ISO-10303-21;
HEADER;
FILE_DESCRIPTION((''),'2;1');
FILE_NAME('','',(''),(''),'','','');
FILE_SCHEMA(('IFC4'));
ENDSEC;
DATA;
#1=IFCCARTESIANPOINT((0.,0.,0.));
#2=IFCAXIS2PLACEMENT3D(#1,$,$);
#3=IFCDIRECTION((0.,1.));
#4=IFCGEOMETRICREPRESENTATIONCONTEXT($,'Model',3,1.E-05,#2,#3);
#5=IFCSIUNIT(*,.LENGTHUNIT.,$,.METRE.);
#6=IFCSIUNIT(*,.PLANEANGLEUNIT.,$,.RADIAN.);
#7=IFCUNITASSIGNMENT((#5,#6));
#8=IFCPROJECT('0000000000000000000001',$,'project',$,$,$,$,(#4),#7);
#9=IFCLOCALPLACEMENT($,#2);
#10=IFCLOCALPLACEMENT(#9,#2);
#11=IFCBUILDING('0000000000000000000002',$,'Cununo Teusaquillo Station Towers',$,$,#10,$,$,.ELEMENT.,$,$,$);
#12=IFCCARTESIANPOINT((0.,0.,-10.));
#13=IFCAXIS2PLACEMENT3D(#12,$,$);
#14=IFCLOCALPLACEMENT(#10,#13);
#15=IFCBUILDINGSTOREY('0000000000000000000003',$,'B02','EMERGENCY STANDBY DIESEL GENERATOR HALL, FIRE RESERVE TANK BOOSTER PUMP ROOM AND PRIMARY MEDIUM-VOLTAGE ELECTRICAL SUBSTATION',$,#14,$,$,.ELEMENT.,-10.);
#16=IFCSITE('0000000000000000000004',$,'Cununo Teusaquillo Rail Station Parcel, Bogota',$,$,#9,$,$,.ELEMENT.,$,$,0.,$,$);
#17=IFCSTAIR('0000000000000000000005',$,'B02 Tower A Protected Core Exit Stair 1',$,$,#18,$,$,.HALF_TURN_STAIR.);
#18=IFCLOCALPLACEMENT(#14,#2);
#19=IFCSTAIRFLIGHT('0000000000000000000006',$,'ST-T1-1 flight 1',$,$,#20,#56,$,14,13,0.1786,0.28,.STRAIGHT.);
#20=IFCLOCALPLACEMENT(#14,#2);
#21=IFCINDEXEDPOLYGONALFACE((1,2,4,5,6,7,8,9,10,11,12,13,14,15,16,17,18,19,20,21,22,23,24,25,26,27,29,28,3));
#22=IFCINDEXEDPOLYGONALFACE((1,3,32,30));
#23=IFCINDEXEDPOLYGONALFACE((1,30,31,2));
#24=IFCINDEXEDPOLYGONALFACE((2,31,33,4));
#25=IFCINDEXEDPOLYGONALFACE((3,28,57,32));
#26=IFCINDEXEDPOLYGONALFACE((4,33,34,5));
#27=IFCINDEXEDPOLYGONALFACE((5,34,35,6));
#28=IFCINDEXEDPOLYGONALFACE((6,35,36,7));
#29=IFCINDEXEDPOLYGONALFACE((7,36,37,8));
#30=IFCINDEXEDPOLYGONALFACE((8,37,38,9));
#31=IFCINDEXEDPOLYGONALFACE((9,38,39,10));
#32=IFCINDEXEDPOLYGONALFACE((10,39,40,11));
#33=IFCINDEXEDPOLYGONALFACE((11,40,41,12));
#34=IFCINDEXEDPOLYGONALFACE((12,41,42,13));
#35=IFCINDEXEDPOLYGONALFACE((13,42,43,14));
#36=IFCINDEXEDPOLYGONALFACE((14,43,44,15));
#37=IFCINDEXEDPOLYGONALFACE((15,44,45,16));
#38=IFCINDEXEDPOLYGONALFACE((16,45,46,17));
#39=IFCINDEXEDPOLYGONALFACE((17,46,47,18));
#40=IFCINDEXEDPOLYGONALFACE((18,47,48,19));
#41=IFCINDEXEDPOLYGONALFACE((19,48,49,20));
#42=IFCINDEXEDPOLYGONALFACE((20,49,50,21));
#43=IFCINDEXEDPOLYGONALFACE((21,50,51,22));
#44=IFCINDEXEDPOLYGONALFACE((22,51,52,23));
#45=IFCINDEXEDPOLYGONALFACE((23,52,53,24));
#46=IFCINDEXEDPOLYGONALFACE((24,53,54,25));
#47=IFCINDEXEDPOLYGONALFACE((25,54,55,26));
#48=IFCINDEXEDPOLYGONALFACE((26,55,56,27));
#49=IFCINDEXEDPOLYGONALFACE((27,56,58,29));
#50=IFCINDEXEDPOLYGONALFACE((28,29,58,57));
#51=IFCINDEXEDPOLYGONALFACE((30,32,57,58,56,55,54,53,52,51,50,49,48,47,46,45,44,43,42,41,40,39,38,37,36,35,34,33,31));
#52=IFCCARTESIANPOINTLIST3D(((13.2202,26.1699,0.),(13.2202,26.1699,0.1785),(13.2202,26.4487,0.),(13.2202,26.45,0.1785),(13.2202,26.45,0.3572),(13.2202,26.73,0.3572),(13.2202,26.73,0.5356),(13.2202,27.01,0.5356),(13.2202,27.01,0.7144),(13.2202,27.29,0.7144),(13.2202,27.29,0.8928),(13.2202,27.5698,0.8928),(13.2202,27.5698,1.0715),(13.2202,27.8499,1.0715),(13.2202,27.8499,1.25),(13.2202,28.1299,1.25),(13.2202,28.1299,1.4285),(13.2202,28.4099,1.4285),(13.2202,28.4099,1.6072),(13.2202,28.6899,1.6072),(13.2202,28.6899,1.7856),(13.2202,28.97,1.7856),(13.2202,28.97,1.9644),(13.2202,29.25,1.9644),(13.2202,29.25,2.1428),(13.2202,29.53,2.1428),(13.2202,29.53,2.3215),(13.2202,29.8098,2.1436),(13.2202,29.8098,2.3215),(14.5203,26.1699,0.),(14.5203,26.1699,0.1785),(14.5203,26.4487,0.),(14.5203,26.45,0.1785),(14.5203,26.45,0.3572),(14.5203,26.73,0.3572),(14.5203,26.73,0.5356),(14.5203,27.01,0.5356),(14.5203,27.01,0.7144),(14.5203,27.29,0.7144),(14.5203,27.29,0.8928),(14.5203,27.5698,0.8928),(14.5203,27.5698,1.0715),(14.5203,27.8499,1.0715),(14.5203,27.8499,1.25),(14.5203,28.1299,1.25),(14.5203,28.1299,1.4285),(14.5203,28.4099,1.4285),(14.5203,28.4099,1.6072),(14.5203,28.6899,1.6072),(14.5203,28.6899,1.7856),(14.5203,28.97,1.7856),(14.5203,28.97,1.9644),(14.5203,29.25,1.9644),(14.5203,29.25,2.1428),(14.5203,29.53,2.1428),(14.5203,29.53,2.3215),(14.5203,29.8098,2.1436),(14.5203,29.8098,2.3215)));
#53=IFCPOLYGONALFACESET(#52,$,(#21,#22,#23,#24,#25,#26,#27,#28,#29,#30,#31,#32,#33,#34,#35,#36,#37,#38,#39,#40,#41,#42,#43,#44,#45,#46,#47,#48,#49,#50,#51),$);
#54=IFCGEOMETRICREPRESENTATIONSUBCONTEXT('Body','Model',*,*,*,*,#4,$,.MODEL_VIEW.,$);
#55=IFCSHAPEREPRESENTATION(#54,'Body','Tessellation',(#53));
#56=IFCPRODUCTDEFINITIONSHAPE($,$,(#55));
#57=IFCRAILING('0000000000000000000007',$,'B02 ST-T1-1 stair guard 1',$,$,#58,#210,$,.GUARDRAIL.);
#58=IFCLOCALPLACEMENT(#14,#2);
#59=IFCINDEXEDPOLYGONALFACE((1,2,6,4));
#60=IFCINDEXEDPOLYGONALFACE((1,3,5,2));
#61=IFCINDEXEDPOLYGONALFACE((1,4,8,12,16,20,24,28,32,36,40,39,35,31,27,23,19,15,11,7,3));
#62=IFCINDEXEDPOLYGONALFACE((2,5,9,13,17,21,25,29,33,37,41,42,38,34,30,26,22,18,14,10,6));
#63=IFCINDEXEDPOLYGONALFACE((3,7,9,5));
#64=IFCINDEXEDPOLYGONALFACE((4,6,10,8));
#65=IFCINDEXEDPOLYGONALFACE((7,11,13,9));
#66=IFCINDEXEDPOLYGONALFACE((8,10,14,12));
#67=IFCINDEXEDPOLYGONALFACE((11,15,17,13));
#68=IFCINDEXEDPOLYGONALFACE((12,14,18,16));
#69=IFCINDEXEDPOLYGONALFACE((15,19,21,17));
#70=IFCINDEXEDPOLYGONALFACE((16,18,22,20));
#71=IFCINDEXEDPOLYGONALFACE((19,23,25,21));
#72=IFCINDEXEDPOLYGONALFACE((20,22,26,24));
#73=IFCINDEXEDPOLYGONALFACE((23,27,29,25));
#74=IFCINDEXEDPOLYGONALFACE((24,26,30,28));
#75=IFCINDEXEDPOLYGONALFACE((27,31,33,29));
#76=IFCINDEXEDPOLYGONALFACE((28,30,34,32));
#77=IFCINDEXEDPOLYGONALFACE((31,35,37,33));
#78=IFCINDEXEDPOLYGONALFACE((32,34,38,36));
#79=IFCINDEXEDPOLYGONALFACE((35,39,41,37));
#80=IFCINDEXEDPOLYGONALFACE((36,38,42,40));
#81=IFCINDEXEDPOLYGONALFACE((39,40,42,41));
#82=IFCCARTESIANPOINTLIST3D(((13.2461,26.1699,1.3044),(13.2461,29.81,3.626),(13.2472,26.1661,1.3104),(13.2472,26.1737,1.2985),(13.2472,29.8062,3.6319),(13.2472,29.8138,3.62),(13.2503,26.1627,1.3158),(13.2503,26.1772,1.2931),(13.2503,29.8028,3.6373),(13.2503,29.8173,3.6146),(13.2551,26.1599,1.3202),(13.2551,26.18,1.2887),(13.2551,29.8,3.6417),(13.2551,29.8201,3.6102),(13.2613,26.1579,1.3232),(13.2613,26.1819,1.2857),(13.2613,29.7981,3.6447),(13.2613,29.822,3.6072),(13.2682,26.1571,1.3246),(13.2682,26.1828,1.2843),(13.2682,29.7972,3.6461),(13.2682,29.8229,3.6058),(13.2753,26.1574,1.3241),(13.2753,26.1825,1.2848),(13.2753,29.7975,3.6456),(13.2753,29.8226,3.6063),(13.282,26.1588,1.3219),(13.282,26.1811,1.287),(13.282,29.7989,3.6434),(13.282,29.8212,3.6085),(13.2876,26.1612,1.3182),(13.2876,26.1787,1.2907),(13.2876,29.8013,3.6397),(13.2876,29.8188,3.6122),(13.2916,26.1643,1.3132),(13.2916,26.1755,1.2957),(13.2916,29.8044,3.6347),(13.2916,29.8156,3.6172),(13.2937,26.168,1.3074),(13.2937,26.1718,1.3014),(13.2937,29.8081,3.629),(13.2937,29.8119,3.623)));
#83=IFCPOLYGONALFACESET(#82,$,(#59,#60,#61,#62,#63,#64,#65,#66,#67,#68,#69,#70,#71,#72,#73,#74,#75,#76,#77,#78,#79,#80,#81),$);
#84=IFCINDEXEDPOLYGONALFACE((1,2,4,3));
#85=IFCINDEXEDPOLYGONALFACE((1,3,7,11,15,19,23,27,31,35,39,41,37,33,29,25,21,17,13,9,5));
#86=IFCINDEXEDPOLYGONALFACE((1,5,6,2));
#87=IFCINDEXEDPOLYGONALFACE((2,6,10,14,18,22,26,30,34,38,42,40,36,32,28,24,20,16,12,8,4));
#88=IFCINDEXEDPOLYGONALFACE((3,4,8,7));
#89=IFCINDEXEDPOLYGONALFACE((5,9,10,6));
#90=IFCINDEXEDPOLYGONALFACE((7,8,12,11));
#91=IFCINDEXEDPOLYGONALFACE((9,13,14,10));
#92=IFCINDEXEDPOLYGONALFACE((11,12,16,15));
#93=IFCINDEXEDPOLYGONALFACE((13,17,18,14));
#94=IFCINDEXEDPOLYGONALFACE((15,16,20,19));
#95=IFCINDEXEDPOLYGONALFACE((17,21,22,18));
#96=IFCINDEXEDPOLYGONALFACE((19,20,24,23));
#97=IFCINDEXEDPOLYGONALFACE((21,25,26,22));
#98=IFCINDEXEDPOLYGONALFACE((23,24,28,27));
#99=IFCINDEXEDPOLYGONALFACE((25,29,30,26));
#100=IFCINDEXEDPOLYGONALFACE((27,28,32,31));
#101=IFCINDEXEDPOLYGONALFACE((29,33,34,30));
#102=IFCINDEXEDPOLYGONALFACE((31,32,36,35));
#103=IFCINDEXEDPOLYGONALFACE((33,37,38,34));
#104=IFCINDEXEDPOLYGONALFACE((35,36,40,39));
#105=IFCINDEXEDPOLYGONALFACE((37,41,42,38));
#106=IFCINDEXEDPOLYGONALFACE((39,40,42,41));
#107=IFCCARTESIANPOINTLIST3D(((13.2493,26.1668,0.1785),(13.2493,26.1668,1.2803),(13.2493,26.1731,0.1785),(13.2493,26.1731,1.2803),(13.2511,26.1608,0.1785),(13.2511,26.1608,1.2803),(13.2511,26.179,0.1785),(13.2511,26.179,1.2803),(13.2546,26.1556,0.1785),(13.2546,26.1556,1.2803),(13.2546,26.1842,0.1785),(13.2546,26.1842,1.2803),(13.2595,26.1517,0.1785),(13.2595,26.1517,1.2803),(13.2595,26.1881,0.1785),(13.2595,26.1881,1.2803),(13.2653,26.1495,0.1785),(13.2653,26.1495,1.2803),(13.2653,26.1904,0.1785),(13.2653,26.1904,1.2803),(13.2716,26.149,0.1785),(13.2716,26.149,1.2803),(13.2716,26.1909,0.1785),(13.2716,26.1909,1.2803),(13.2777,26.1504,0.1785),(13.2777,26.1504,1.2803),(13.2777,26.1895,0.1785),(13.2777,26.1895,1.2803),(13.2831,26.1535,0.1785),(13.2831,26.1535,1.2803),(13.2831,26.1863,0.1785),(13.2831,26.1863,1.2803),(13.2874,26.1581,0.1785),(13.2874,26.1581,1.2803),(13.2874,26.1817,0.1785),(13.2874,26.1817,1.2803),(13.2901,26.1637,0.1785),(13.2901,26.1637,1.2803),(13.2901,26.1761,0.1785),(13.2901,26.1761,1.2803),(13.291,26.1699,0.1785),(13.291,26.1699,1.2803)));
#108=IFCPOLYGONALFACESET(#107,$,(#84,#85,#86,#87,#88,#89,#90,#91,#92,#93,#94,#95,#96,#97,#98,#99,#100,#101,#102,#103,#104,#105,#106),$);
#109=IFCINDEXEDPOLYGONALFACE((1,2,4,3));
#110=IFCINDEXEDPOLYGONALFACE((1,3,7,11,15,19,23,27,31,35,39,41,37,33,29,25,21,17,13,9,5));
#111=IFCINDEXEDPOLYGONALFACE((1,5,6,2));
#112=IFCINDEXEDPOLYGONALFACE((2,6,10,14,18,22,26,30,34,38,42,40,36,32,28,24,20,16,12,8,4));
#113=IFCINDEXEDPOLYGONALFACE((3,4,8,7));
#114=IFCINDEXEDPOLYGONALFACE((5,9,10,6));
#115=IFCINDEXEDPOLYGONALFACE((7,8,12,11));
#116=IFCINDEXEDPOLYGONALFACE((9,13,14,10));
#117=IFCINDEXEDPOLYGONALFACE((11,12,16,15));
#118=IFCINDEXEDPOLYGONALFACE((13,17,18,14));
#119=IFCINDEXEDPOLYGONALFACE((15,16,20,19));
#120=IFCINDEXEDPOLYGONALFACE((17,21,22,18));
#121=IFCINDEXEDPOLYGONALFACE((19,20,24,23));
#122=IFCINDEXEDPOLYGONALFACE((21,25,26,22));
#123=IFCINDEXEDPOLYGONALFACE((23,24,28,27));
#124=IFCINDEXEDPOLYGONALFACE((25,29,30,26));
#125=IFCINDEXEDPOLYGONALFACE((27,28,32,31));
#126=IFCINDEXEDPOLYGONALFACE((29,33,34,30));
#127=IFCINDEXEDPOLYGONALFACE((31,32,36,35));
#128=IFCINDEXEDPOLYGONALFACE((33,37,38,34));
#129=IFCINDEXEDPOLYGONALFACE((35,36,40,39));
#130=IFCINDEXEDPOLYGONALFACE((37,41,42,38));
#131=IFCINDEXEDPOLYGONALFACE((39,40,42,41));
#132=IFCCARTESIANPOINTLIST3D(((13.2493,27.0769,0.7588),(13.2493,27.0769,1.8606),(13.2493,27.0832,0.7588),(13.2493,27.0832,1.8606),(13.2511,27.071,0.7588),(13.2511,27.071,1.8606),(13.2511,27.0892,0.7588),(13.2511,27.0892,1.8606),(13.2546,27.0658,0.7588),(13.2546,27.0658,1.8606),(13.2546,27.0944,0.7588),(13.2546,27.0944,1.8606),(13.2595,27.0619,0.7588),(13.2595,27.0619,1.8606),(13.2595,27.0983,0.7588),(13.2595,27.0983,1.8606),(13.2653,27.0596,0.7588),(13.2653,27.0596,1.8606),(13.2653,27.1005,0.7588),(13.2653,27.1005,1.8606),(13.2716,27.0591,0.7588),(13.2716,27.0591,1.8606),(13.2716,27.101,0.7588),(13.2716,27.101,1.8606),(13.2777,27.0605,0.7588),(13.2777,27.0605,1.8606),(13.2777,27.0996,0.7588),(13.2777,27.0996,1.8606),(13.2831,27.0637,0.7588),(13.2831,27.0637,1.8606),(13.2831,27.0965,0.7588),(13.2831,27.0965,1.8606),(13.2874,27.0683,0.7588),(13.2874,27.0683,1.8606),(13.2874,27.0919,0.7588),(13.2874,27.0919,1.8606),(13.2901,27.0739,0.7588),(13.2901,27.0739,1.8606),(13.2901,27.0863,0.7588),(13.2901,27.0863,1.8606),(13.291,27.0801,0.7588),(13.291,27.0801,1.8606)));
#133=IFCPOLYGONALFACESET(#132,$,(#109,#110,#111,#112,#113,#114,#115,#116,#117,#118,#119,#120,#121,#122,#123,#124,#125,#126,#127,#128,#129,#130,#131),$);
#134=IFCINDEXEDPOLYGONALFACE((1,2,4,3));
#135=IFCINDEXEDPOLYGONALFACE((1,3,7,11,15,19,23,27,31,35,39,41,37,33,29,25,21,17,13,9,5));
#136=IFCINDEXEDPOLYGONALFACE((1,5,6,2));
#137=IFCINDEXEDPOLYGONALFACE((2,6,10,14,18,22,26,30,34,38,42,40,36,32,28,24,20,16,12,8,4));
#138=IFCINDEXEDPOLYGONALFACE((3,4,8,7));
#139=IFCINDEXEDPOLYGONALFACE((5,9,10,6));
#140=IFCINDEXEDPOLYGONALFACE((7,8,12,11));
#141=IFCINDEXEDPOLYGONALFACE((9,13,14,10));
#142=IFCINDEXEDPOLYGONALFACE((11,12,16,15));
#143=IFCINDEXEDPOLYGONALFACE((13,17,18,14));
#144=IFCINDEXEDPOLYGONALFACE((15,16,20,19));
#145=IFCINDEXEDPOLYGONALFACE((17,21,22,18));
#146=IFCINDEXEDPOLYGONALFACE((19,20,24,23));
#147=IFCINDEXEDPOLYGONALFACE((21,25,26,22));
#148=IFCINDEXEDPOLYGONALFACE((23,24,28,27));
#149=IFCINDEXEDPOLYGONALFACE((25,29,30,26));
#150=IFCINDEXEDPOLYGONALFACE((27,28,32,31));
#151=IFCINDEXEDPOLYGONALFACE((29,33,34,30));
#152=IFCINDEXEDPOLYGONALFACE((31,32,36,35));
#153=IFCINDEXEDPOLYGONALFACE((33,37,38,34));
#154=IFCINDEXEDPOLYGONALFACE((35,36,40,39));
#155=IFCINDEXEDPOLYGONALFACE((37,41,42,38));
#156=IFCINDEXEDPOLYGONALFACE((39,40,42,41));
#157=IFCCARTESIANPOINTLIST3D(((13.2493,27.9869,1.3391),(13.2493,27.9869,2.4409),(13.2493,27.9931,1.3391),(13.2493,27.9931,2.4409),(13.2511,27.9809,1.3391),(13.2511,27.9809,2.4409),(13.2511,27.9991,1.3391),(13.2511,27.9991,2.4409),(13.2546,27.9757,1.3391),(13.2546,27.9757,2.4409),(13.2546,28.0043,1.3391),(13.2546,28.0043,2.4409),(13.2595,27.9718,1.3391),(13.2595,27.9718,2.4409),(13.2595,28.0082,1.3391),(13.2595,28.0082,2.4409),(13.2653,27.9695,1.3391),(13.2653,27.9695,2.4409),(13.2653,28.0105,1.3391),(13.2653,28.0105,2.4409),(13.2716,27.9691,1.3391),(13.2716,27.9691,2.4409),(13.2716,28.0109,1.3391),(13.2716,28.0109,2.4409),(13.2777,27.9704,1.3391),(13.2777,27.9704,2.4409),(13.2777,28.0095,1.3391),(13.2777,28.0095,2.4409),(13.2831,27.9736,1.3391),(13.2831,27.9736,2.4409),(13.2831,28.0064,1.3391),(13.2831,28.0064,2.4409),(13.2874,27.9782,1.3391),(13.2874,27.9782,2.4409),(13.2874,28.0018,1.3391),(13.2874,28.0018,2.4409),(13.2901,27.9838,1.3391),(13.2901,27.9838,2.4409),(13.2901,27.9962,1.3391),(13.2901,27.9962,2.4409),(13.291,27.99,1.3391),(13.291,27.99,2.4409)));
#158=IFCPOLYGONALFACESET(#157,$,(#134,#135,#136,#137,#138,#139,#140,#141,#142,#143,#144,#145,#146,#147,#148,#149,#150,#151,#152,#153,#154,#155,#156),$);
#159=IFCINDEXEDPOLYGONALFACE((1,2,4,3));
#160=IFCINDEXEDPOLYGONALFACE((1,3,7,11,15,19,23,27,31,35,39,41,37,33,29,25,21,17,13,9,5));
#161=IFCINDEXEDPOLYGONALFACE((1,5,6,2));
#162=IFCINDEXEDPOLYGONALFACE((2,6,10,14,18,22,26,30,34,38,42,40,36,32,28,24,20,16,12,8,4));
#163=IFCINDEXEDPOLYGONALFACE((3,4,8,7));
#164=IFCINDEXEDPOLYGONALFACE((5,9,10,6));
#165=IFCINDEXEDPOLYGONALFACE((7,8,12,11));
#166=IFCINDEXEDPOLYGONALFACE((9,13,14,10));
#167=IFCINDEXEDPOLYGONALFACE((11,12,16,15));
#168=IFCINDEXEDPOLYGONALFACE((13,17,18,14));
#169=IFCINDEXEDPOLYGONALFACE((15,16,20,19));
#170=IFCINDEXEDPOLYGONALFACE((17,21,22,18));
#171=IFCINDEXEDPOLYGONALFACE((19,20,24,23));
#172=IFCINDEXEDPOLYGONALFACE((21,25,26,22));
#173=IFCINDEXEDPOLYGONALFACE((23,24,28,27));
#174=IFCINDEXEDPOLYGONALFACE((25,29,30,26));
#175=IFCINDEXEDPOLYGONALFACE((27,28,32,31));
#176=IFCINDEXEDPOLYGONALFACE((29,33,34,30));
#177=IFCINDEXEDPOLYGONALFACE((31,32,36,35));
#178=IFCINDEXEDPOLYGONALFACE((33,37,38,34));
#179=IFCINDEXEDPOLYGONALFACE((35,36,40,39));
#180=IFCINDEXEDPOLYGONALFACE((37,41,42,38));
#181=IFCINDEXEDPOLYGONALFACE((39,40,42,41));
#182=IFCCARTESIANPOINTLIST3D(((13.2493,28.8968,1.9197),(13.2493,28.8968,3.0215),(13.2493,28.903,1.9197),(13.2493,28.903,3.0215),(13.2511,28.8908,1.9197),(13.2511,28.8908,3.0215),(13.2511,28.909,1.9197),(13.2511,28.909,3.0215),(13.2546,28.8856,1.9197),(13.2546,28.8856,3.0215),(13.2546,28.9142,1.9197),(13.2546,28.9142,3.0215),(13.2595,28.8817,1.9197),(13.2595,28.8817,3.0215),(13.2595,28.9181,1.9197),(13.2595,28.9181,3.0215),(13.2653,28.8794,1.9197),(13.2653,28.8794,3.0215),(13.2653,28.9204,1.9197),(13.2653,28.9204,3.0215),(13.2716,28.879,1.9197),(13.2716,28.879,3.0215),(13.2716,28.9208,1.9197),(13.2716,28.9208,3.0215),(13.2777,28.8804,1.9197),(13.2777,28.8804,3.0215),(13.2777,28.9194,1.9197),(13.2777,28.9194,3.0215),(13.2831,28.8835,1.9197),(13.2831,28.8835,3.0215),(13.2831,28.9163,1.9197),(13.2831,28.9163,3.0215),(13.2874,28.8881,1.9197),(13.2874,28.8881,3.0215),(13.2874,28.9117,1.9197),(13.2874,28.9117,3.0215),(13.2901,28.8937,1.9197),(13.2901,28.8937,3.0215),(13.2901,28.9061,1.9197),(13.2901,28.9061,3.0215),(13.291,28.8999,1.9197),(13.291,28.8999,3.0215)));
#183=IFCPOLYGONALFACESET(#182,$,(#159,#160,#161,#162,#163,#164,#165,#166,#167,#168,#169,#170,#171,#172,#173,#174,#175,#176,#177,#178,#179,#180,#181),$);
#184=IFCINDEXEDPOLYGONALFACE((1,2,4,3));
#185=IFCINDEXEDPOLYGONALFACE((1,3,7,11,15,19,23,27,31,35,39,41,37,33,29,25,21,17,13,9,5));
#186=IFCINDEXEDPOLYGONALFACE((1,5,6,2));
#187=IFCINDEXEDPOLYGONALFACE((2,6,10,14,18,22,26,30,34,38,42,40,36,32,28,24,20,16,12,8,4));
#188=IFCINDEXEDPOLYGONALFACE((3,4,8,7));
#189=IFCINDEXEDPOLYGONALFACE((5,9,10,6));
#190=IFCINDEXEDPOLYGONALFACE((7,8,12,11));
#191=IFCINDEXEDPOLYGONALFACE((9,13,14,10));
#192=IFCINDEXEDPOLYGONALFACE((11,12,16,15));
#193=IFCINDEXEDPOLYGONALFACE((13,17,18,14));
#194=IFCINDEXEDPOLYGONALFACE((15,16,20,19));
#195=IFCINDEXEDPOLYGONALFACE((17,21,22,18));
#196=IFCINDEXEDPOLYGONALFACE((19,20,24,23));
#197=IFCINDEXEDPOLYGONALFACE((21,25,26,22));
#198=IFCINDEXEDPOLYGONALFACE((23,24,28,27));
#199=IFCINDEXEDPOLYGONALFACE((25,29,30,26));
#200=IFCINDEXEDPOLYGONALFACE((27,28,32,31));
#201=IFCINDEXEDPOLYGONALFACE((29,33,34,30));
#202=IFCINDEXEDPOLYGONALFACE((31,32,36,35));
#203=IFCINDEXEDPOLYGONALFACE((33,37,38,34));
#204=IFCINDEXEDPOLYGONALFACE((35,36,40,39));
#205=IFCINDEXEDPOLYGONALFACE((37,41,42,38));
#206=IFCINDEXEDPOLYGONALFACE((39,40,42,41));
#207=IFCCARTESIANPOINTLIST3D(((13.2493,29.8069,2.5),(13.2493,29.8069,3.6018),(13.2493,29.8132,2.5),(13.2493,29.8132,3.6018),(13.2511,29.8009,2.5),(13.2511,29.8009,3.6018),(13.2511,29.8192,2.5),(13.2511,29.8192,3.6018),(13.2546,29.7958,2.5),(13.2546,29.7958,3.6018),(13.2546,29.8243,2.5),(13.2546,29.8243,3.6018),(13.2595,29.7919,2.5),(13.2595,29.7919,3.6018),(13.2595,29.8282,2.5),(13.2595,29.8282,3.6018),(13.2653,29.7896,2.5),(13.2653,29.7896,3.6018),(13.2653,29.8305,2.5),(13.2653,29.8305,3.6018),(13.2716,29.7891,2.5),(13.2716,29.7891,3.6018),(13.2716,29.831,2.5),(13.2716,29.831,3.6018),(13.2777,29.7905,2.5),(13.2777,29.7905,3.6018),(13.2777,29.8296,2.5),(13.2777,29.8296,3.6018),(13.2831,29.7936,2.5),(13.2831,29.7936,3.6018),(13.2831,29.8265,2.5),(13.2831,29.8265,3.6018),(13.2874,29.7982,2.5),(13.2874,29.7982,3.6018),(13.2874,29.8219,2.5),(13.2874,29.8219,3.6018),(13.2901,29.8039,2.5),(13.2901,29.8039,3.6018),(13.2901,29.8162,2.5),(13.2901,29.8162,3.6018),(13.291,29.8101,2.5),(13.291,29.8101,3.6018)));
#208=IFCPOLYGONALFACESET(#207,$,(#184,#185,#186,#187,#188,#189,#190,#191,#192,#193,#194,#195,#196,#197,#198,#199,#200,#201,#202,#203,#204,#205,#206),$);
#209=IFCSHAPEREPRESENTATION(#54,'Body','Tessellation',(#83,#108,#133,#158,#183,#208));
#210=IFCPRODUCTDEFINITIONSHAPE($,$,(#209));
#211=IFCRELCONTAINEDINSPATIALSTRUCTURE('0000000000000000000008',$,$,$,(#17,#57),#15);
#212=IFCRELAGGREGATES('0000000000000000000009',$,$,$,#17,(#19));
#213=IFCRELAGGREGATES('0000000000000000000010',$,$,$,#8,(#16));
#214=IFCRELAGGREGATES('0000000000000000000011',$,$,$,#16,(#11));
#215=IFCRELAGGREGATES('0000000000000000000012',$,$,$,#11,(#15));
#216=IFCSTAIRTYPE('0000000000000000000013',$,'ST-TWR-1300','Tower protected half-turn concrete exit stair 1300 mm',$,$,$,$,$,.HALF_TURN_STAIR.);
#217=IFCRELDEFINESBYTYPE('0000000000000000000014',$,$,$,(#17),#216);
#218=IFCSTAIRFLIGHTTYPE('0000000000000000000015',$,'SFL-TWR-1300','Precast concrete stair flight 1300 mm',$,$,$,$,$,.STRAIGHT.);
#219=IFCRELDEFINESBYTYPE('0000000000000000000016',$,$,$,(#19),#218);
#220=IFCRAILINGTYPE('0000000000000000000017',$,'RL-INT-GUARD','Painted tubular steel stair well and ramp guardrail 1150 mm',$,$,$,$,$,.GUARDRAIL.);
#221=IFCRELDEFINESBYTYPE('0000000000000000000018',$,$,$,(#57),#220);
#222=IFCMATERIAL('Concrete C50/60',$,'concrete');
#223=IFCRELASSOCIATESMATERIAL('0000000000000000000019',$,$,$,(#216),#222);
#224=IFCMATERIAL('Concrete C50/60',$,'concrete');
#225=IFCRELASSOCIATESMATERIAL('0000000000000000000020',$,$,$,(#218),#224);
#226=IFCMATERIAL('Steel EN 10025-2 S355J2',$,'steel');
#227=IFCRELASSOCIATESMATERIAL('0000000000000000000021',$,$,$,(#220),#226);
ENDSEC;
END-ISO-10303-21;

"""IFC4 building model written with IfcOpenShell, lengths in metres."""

from ifc_helpers import new_model, si_unit, direction, frame, origin, origin_2d, place, context, subcontext, project, spatial, polyline, circle, outline, extrude, material, type_object, element, aggregate, save


model = new_model("IFC4")

# Units and contexts
model_context = context("Model", 3, precision=1e-05, world=origin(), true_north=direction((0.0, 1.0)))
body_context = subcontext(model_context, "Body", "Model", "MODEL_VIEW")
ifc_project = project(units=[si_unit("LENGTHUNIT", "METRE"), si_unit("PLANEANGLEUNIT", "RADIAN")], contexts=[model_context])

# Site, building, storey
site_placement = place(None, origin())
site = spatial("IfcSite", under=ifc_project, at=site_placement, Name="Cununo Teusaquillo Rail Station Parcel, Bogota", CompositionType="ELEMENT", RefElevation=0.0)
building_placement = place(site_placement, origin())
building = spatial("IfcBuilding", under=site, at=building_placement, Name="Cununo Teusaquillo Station Towers", CompositionType="ELEMENT")
storey_placement = place(building_placement, frame((0.0, 0.0, -10.0)))
storey = spatial("IfcBuildingStorey", under=building, at=storey_placement, Name="B02", Description="EMERGENCY STANDBY DIESEL GENERATOR HALL, FIRE RESERVE TANK BOOSTER PUMP ROOM AND PRIMARY MEDIUM-VOLTAGE ELECTRICAL SUBSTATION", CompositionType="ELEMENT", Elevation=-10.0)

# Stair, stair flight
ifc_material_1 = material(Name="Concrete C50/60", Category="concrete")
stair_type = type_object("IfcStairType", Name="ST-TWR-1300", Description="Tower protected half-turn concrete exit stair 1300 mm", PredefinedType="HALF_TURN_STAIR", material=ifc_material_1)
stair_placement = place(storey_placement, origin())
stair = element("IfcStair", 1, at=stair_placement, inside=storey, type_object=stair_type, Name="B02 Tower A Protected Core Exit Stair 1", PredefinedType="HALF_TURN_STAIR")
ifc_material_2 = material(Name="Concrete C50/60", Category="concrete")
stair_flight_type = type_object("IfcStairFlightType", Name="SFL-TWR-1300", Description="Precast concrete stair flight 1300 mm", PredefinedType="STRAIGHT", material=ifc_material_2)
stair_flight_placement = place(storey_placement, frame((13.8701, 26.1699, 0.0), z_axis=(0.0, 0.0, 1.0), x_axis=(0.0, 1.0, 0.0)))
stair_flight = element("IfcStairFlight", 2, at=stair_flight_placement, type_object=stair_flight_type, Name="ST-T1-1 flight 1", NumberOfRisers=14, NumberOfTreads=13, PredefinedType="STRAIGHT", RiserHeight=0.1786, TreadLength=0.28, context=body_context, shape_type="SweptSolid", body=[
    extrude(outline(polyline([(0.0, 0.0), (0.0, 0.1785), (0.28, 0.1785), (0.28, 0.3572), (0.5601, 0.3572), (0.5601, 0.5356), (0.8401, 0.5356), (0.8401, 0.7144), (1.1201, 0.7144), (1.1201, 0.8928), (1.3999, 0.8928), (1.3999, 1.0715), (1.6799, 1.0715), (1.6799, 1.25), (1.96, 1.25), (1.96, 1.4285), (2.24, 1.4285), (2.24, 1.6072), (2.52, 1.6072), (2.52, 1.7856), (2.8, 1.7856), (2.8, 1.9644), (3.0801, 1.9644), (3.0801, 2.1428), (3.3601, 2.1428), (3.3601, 2.3215), (3.6399, 2.3215), (3.6399, 2.5), (3.6399, 2.1436), (0.2788, 0.0), (0.0, 0.0)])), frame((0.0, 0.6499, 0.0), z_axis=(0.0, -1.0, 0.0), x_axis=(1.0, 0.0, 0.0)), (0.0, 0.0, 1.0), 1.3),
])
aggregate(stair, [stair_flight])

# Railing
ifc_material_3 = material(Name="Steel EN 10025-2 S355J2", Category="steel")
railing_type_1 = type_object("IfcRailingType", Name="RL-INT-GUARD", Description="Painted tubular steel stair well and ramp guardrail 1150 mm", PredefinedType="GUARDRAIL", material=ifc_material_3)
railing_1_placement = place(storey_placement, frame((13.27, 26.1699, 0.1785)))
element("IfcRailing", 3, at=railing_1_placement, inside=storey, type_object=railing_type_1, Name="B02 ST-T1-1 stair guard 1", PredefinedType="GUARDRAIL", context=body_context, shape_type="SweptSolid", body=[
    extrude(circle(Radius=0.0239, at=origin_2d()), frame((0.0, 0.0, 1.126), z_axis=(0.0, 0.843128, 0.537713), x_axis=(-1.0, 0.0, 0.0)), (0.0, 0.0, 1.0), 4.3174),
    extrude(circle(Radius=0.021, at=origin_2d()), origin(), (0.0, 0.0, 1.0), 1.1018),
    extrude(circle(Radius=0.021, at=origin_2d()), frame((0.0, 0.9102, 0.5803)), (0.0, 0.0, 1.0), 1.1018),
    extrude(circle(Radius=0.021, at=origin_2d()), frame((0.0, 1.8201, 1.1606)), (0.0, 0.0, 1.0), 1.1018),
    extrude(circle(Radius=0.021, at=origin_2d()), frame((0.0, 2.73, 1.7412)), (0.0, 0.0, 1.0), 1.1018),
    extrude(circle(Radius=0.021, at=origin_2d()), frame((0.0, 3.6401, 2.3215)), (0.0, 0.0, 1.0), 1.1018),
])

save(model, "model.ifc")
